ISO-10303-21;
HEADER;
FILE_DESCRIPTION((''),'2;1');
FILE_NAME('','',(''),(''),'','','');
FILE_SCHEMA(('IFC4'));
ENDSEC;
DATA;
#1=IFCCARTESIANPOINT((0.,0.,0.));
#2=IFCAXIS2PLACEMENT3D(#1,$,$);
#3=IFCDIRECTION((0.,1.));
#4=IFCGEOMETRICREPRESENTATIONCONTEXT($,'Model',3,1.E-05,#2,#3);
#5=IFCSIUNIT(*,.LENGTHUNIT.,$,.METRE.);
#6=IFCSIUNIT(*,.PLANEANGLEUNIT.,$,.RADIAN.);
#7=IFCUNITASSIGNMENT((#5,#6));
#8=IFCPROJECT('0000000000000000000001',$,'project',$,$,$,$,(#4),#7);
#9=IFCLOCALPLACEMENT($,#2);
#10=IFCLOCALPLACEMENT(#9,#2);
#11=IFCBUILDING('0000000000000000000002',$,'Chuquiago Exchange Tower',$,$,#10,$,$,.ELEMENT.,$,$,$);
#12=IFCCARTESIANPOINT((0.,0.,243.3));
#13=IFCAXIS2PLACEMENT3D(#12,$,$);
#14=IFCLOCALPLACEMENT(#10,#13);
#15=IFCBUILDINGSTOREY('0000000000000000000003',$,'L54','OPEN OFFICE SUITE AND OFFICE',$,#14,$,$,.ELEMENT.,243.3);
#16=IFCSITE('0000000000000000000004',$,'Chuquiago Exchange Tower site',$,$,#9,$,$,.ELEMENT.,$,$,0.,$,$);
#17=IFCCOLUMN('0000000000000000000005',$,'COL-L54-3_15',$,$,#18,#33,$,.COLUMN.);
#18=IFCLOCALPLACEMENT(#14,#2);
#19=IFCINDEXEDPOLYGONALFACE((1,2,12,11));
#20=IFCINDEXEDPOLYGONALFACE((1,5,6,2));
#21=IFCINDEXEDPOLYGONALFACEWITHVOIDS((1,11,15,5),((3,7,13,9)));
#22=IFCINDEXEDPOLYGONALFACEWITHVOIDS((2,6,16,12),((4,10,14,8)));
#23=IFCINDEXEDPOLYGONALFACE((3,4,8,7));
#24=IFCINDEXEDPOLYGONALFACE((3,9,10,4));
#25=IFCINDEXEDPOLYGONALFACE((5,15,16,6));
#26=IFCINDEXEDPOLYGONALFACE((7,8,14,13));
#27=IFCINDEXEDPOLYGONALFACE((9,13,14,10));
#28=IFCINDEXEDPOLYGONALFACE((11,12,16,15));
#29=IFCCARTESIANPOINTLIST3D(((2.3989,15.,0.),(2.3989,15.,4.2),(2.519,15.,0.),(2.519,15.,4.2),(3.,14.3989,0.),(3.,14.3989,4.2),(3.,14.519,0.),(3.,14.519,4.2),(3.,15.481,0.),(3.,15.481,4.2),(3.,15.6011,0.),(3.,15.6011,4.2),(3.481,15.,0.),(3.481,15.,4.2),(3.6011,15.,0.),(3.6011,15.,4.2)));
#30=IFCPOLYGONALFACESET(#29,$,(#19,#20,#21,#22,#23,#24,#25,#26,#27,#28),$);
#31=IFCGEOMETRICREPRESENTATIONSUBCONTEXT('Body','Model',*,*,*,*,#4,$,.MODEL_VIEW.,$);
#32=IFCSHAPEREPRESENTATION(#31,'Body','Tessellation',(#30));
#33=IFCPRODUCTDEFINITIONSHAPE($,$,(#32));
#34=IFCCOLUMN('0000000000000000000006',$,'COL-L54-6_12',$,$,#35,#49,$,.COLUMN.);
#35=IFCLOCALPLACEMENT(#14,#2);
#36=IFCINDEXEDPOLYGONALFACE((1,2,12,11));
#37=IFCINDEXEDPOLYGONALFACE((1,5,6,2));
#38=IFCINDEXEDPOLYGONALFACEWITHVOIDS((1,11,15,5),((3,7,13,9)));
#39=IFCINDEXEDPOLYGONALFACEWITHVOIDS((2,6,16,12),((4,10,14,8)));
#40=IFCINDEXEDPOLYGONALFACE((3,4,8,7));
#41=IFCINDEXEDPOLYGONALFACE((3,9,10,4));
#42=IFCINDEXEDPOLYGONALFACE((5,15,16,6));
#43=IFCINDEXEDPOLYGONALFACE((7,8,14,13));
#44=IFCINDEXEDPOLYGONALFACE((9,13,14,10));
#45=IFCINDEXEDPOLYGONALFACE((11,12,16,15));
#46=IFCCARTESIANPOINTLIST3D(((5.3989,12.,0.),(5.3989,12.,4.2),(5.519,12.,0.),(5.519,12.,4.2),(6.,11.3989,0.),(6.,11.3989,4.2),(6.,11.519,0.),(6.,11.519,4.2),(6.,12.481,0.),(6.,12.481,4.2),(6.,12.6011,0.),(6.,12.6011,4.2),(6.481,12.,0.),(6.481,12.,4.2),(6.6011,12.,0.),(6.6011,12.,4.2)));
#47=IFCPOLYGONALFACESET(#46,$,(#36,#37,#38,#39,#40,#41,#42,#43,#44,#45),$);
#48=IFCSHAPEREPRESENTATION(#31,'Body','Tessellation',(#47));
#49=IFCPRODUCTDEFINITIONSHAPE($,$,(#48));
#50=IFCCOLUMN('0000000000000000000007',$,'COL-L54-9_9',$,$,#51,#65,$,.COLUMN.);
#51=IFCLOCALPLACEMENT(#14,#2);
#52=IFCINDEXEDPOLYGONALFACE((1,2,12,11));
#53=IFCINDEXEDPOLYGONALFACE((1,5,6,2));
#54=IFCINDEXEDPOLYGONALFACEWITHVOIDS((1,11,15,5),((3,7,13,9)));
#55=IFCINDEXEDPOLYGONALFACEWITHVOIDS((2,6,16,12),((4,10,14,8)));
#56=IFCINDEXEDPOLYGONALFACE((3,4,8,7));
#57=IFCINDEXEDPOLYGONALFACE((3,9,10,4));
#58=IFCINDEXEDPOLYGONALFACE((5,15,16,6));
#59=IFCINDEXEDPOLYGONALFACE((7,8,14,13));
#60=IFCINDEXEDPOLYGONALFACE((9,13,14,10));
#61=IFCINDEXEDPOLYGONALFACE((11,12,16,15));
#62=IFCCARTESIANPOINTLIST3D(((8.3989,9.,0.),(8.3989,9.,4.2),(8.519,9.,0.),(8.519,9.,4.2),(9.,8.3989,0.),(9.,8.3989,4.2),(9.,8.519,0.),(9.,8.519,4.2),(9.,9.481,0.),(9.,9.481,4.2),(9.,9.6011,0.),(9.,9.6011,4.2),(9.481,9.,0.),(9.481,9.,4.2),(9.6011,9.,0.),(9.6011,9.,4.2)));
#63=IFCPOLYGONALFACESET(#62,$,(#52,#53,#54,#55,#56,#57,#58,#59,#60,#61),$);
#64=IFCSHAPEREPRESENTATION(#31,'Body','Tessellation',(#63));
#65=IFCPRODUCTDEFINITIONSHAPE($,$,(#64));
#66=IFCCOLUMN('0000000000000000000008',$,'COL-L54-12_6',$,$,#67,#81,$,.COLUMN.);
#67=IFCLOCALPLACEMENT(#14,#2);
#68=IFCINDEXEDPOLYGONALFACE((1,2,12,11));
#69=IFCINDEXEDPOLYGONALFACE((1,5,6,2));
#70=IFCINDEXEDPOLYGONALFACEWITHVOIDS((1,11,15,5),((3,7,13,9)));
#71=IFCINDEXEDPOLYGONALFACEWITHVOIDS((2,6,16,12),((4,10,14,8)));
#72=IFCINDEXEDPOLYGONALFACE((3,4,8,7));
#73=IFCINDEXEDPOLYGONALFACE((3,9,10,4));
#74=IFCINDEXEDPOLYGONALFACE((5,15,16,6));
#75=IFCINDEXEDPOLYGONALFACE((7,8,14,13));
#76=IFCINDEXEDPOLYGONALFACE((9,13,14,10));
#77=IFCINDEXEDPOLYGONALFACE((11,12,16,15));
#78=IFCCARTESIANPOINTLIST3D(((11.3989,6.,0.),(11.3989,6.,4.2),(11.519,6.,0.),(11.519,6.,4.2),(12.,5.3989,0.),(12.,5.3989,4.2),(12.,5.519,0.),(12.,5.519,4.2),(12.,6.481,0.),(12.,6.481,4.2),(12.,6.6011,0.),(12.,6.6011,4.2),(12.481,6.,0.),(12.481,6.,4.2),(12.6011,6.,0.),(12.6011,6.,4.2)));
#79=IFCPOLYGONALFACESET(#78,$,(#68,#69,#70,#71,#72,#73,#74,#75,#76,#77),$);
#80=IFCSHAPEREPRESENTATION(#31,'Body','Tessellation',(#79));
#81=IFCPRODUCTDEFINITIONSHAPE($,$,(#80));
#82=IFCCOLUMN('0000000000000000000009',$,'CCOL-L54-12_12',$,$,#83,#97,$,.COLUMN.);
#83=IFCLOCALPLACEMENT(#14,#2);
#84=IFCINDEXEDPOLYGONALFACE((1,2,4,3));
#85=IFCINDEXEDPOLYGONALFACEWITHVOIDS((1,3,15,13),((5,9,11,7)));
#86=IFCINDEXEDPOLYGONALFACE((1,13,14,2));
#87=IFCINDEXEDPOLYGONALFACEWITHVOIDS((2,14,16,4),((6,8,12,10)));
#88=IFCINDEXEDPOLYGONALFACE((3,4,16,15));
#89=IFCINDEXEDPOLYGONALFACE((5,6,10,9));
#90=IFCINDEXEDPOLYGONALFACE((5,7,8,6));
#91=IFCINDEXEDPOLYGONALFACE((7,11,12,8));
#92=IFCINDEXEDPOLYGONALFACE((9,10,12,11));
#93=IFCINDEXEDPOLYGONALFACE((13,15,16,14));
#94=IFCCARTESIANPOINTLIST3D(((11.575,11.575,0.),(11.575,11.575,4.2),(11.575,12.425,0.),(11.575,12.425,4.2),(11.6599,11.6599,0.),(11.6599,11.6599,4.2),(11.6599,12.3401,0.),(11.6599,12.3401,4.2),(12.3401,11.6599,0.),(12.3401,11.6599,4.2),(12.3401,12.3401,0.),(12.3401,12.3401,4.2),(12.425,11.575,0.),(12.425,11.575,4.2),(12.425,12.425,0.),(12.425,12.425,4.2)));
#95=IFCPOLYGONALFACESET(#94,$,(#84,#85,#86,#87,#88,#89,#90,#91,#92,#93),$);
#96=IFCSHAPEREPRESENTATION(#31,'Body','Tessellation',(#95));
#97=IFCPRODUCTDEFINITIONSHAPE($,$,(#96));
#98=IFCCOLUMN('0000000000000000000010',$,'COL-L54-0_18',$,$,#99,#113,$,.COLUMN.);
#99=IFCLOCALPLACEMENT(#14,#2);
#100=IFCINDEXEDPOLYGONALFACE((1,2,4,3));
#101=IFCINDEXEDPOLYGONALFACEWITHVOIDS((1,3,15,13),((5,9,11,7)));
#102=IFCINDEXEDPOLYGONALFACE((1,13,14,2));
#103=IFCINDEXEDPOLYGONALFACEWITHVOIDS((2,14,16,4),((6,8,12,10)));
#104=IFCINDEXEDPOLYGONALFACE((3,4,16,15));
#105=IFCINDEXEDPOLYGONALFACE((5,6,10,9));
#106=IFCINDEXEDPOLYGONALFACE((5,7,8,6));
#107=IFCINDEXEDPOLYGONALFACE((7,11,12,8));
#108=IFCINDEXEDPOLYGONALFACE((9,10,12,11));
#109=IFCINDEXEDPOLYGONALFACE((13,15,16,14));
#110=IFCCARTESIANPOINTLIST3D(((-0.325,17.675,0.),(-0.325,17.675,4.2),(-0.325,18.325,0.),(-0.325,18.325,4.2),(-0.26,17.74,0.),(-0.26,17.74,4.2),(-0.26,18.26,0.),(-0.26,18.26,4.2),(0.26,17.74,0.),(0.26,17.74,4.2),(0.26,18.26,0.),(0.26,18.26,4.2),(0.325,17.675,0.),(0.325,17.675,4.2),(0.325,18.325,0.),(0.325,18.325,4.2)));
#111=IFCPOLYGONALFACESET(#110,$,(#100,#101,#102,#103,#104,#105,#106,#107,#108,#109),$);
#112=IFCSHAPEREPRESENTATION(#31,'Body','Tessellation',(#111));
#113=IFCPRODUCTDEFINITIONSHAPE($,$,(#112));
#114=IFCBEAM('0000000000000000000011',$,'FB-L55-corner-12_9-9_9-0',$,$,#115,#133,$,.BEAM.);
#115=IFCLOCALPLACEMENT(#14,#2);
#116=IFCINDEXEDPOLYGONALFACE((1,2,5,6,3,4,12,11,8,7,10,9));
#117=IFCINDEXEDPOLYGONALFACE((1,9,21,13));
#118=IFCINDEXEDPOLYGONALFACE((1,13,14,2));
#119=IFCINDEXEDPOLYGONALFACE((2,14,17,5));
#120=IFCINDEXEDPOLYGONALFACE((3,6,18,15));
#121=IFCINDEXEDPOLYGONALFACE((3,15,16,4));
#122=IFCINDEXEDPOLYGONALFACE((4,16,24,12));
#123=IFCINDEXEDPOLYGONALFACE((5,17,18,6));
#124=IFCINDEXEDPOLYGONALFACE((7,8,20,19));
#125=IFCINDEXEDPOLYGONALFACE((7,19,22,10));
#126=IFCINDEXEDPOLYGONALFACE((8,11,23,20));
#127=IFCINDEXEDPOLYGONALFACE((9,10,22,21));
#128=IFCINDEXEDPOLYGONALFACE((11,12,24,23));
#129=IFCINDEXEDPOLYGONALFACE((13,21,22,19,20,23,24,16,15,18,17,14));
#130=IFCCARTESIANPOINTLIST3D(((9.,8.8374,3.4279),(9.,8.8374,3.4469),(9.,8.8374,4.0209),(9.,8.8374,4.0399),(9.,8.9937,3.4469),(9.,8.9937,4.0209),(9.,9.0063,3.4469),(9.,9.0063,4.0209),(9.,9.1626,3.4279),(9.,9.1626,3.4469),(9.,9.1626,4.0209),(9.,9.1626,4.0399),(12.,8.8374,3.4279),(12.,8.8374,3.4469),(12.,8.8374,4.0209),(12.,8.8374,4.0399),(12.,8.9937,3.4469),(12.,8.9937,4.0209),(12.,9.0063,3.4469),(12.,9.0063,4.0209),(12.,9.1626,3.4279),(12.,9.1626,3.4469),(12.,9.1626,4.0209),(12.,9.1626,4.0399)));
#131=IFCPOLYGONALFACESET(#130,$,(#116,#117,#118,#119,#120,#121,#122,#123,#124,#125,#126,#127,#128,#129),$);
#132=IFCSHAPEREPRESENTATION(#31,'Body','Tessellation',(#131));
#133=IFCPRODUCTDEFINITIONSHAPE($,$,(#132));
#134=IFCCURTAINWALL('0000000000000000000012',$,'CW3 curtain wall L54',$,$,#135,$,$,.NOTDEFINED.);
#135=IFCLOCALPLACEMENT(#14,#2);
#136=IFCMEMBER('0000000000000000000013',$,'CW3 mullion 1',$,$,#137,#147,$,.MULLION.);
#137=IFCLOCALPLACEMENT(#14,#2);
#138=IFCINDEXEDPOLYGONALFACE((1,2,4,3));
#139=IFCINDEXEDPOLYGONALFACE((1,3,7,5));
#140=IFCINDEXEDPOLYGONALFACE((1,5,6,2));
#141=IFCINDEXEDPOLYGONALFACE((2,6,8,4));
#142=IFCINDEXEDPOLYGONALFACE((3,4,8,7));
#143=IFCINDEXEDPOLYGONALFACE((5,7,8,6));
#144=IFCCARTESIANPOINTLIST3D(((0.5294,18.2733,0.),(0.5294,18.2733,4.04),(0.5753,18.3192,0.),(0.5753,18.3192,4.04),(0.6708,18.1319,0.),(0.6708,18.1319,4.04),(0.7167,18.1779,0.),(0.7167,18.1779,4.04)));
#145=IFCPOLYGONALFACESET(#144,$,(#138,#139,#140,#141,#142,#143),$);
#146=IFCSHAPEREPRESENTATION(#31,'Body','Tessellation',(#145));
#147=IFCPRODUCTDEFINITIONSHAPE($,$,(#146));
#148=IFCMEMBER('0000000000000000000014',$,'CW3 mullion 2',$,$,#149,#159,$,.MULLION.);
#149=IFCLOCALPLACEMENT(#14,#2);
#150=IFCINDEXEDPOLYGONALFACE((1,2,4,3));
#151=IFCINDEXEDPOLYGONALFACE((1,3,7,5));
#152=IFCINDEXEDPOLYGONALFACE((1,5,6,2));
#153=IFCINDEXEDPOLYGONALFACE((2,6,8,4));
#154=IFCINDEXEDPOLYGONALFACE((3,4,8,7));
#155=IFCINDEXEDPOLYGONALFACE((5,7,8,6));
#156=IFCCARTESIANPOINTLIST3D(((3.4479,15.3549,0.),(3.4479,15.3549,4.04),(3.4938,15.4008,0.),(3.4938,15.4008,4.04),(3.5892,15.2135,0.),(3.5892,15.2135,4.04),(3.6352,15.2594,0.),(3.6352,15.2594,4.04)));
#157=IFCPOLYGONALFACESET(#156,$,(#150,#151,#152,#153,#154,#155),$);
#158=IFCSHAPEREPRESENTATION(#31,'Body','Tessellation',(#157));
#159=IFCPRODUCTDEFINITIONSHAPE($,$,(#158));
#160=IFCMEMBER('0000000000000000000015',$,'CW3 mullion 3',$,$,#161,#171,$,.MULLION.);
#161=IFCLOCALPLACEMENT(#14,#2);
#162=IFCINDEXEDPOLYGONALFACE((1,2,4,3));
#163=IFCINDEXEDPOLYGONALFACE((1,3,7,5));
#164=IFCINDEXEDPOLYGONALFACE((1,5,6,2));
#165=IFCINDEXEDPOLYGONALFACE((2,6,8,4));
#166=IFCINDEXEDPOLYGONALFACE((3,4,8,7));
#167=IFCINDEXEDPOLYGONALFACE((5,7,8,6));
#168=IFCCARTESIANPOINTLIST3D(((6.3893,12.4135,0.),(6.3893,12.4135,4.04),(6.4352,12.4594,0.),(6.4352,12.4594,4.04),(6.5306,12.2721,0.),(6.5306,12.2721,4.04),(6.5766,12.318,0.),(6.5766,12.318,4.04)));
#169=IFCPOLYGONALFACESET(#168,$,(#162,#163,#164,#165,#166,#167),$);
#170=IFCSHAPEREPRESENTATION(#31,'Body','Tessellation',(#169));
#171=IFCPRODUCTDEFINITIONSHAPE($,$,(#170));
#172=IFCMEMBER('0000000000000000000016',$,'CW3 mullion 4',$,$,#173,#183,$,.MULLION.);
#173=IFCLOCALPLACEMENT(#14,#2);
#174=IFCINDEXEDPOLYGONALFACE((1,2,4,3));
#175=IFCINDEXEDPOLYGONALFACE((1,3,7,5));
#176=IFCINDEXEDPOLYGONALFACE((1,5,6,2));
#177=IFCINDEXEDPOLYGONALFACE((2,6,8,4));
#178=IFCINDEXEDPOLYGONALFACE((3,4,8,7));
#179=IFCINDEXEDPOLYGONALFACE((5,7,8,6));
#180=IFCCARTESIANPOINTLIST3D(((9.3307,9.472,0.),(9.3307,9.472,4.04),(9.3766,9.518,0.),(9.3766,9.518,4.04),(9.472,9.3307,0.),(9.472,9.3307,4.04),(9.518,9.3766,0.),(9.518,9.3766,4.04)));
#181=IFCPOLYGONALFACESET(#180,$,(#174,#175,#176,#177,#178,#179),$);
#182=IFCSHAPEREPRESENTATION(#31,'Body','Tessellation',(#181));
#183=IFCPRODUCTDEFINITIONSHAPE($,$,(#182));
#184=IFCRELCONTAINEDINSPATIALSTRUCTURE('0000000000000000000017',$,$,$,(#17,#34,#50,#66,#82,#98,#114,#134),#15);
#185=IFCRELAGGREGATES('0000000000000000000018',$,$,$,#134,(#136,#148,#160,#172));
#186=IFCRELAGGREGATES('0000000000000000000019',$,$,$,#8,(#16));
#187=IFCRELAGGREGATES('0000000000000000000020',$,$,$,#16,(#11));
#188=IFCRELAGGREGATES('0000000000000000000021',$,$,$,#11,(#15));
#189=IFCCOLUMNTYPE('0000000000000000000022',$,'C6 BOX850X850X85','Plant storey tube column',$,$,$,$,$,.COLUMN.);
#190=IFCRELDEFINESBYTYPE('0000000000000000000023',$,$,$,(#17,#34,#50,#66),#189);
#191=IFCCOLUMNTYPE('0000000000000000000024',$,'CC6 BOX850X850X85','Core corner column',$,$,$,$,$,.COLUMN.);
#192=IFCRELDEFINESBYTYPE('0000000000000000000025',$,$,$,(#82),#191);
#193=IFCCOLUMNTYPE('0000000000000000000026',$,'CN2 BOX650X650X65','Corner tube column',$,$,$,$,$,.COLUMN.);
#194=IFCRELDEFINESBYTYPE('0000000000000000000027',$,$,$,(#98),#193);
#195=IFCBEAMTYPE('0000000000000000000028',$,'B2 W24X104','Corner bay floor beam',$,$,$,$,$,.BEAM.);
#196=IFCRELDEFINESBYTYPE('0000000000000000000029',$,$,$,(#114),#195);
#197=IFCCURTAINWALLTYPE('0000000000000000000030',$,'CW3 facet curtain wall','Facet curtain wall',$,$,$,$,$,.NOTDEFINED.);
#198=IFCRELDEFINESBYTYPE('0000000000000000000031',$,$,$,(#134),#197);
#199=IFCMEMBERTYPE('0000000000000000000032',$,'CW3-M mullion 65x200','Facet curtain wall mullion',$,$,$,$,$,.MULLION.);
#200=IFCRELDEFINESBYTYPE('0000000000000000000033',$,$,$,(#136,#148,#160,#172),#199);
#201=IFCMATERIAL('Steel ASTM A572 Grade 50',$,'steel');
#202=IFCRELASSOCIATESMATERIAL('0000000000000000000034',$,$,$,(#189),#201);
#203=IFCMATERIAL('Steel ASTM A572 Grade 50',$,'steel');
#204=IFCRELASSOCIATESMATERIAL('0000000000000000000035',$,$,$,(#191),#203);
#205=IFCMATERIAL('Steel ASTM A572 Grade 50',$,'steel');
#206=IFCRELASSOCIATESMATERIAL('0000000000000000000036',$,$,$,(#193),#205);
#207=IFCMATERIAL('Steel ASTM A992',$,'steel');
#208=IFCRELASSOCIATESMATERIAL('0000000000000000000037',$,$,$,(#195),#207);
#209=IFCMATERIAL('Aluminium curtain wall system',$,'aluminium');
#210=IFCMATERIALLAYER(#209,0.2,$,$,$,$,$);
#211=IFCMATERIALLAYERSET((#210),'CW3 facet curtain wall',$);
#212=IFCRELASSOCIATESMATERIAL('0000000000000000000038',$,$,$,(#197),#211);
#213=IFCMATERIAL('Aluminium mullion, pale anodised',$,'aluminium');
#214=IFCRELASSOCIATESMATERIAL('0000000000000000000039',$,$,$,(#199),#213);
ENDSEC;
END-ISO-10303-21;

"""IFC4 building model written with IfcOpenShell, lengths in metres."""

from ifc_helpers import new_model, si_unit, direction, frame, origin, origin_2d, place, context, subcontext, project, spatial, rectangle, hollow_rectangle, i_section, extrude, material, layer, layer_set, material_profile, profile_set, type_object, element, aggregate, save


model = new_model("IFC4")

# Units and contexts
model_context = context("Model", 3, precision=1e-05, world=origin(), true_north=direction((0.0, 1.0)))
body_context = subcontext(model_context, "Body", "Model", "MODEL_VIEW")
ifc_project = project(units=[si_unit("LENGTHUNIT", "METRE"), si_unit("PLANEANGLEUNIT", "RADIAN")], contexts=[model_context])

# Site, building, storey
site_placement = place(None, origin())
site = spatial("IfcSite", under=ifc_project, at=site_placement, Name="Chuquiago Exchange Tower site", CompositionType="ELEMENT", RefElevation=0.0)
building_placement = place(site_placement, origin())
building = spatial("IfcBuilding", under=site, at=building_placement, Name="Chuquiago Exchange Tower", CompositionType="ELEMENT")
storey_placement = place(building_placement, frame((0.0, 0.0, 243.3)))
storey = spatial("IfcBuildingStorey", under=building, at=storey_placement, Name="L54", Description="OPEN OFFICE SUITE AND OFFICE", CompositionType="ELEMENT", Elevation=243.3)

# Columns
ifc_material_1 = material(Name="Steel ASTM A572 Grade 50", Category="steel")
ifc_material_profile_1 = material_profile(ifc_material_1, hollow_rectangle(XDim=0.8501, YDim=0.8501, WallThickness=0.085, at=origin_2d()), Name="BOX850X850X85")
ifc_profile_set_1 = profile_set([ifc_material_profile_1], Name="Steel ASTM A572 Grade 50")
column_type_1 = type_object("IfcColumnType", Name="C6 BOX850X850X85", Description="Plant storey tube column", PredefinedType="COLUMN", material=ifc_profile_set_1)
for number, where, z_axis, x_axis, name in (
    (1, (3.0, 15.0, 0.0), (0.0, 0.0, 1.0), (-0.707107, -0.707107, 0.0), "COL-L54-3_15"),
    (2, (6.0, 12.0, 0.0), (0.0, 0.0, 1.0), (-0.707107, -0.707107, 0.0), "COL-L54-6_12"),
    (3, (9.0, 9.0, 0.0), (0.0, 0.0, 1.0), (-0.707107, -0.707107, 0.0), "COL-L54-9_9"),
    (4, (12.0, 6.0, 0.0), (0.0, 0.0, 1.0), (-0.707107, -0.707107, 0.0), "COL-L54-12_6"),
):
    element("IfcColumn", number, at=place(storey_placement, frame(where, z_axis=z_axis, x_axis=x_axis)), inside=storey, type_object=column_type_1, Name=name, PredefinedType="COLUMN", context=body_context, shape_type="SweptSolid", body=[
        extrude(hollow_rectangle(XDim=0.8501, YDim=0.8501, WallThickness=0.085, at=origin_2d()), origin(), (0.0, 0.0, 1.0), 4.2),
    ])
ifc_material_2 = material(Name="Steel ASTM A572 Grade 50", Category="steel")
ifc_material_profile_2 = material_profile(ifc_material_2, hollow_rectangle(XDim=0.8501, YDim=0.8501, WallThickness=0.085, at=origin_2d()), Name="BOX850X850X85")
ifc_profile_set_2 = profile_set([ifc_material_profile_2], Name="Steel ASTM A572 Grade 50")
column_type_2 = type_object("IfcColumnType", Name="CC6 BOX850X850X85", Description="Core corner column", PredefinedType="COLUMN", material=ifc_profile_set_2)
column_1_placement = place(storey_placement, frame((12.0, 12.0, 0.0), z_axis=(0.0, 0.0, 1.0), x_axis=(1.0, 0.0, 0.0)))
element("IfcColumn", 5, at=column_1_placement, inside=storey, type_object=column_type_2, Name="CCOL-L54-12_12", PredefinedType="COLUMN", context=body_context, shape_type="SweptSolid", body=[
    extrude(hollow_rectangle(XDim=0.8501, YDim=0.8501, WallThickness=0.085, at=origin_2d()), origin(), (0.0, 0.0, 1.0), 4.2),
])
ifc_material_3 = material(Name="Steel ASTM A572 Grade 50", Category="steel")
ifc_material_profile_3 = material_profile(ifc_material_3, hollow_rectangle(XDim=0.6499, YDim=0.6499, WallThickness=0.0649, at=origin_2d()), Name="BOX650X650X65")
ifc_profile_set_3 = profile_set([ifc_material_profile_3], Name="Steel ASTM A572 Grade 50")
column_type_3 = type_object("IfcColumnType", Name="CN2 BOX650X650X65", Description="Corner tube column", PredefinedType="COLUMN", material=ifc_profile_set_3)
column_2_placement = place(storey_placement, frame((0.0, 18.0, 0.0), z_axis=(0.0, 0.0, 1.0), x_axis=(-1.0, 0.0, 0.0)))
element("IfcColumn", 6, at=column_2_placement, inside=storey, type_object=column_type_3, Name="COL-L54-0_18", PredefinedType="COLUMN", context=body_context, shape_type="SweptSolid", body=[
    extrude(hollow_rectangle(XDim=0.6499, YDim=0.6499, WallThickness=0.0649, at=origin_2d()), origin(), (0.0, 0.0, 1.0), 4.2),
])

# Beam
ifc_material_4 = material(Name="Steel ASTM A992", Category="steel")
ifc_material_profile_4 = material_profile(ifc_material_4, i_section(OverallWidth=0.3252, OverallDepth=0.6121, WebThickness=0.0127, FlangeThickness=0.019, at=origin_2d()), Name="W24X104")
ifc_profile_set_4 = profile_set([ifc_material_profile_4], Name="Steel ASTM A992")
beam_type_1 = type_object("IfcBeamType", Name="B2 W24X104", Description="Corner bay floor beam", PredefinedType="BEAM", material=ifc_profile_set_4)
beam_1_placement = place(storey_placement, frame((12.0, 9.0, 3.7339), z_axis=(-1.0, 0.0, 0.0), x_axis=(0.0, -1.0, 0.0)))
element("IfcBeam", 7, at=beam_1_placement, inside=storey, type_object=beam_type_1, Name="FB-L55-corner-12_9-9_9-0", PredefinedType="BEAM", context=body_context, shape_type="SweptSolid", body=[
    extrude(i_section(OverallWidth=0.3252, OverallDepth=0.6121, WebThickness=0.0127, FlangeThickness=0.019, at=origin_2d()), origin(), (0.0, 0.0, 1.0), 3.0),
])

# Curtain wall, members
ifc_material_5 = material(Name="Aluminium curtain wall system", Category="aluminium")
ifc_layer_1 = layer(ifc_material_5, 0.2)
ifc_layer_set_1 = layer_set([ifc_layer_1], Name="CW3 facet curtain wall")
curtain_wall_type = type_object("IfcCurtainWallType", Name="CW3 facet curtain wall", Description="Facet curtain wall", PredefinedType="NOTDEFINED", material=ifc_layer_set_1)
curtain_wall_placement = place(storey_placement, origin())
curtain_wall = element("IfcCurtainWall", 8, at=curtain_wall_placement, inside=storey, type_object=curtain_wall_type, Name="CW3 curtain wall L54", PredefinedType="NOTDEFINED")
ifc_material_6 = material(Name="Aluminium mullion, pale anodised", Category="aluminium")
ifc_material_profile_5 = material_profile(ifc_material_6, rectangle(XDim=0.0649, YDim=0.2, at=origin_2d()), Name="AL 65x200")
ifc_profile_set_5 = profile_set([ifc_material_profile_5], Name="Aluminium mullion, pale anodised")
member_type_1 = type_object("IfcMemberType", Name="CW3-M mullion 65x200", Description="Facet curtain wall mullion", PredefinedType="MULLION", material=ifc_profile_set_5)
member_1_placement = place(storey_placement, frame((0.623, 18.2256, 0.0), z_axis=(0.0, 0.0, 1.0), x_axis=(0.707107, 0.707107, 0.0)))
member_1 = element("IfcMember", 9, at=member_1_placement, type_object=member_type_1, Name="CW3 mullion 1", PredefinedType="MULLION", context=body_context, shape_type="SweptSolid", body=[
    extrude(rectangle(XDim=0.0649, YDim=0.2, at=origin_2d()), origin(), (0.0, 0.0, 1.0), 4.04),
])
member_2_placement = place(storey_placement, frame((3.5415, 15.3071, 0.0), z_axis=(0.0, 0.0, 1.0), x_axis=(0.707107, 0.707107, 0.0)))
member_2 = element("IfcMember", 10, at=member_2_placement, type_object=member_type_1, Name="CW3 mullion 2", PredefinedType="MULLION", context=body_context, shape_type="SweptSolid", body=[
    extrude(rectangle(XDim=0.0649, YDim=0.2, at=origin_2d()), origin(), (0.0, 0.0, 1.0), 4.04),
])
member_3_placement = place(storey_placement, frame((6.4829, 12.3657, 0.0), z_axis=(0.0, 0.0, 1.0), x_axis=(0.707107, 0.707107, 0.0)))
member_3 = element("IfcMember", 11, at=member_3_placement, type_object=member_type_1, Name="CW3 mullion 3", PredefinedType="MULLION", context=body_context, shape_type="SweptSolid", body=[
    extrude(rectangle(XDim=0.0649, YDim=0.2, at=origin_2d()), origin(), (0.0, 0.0, 1.0), 4.04),
])
member_4_placement = place(storey_placement, frame((9.4243, 9.4243, 0.0), z_axis=(0.0, 0.0, 1.0), x_axis=(0.707107, 0.707107, 0.0)))
member_4 = element("IfcMember", 12, at=member_4_placement, type_object=member_type_1, Name="CW3 mullion 4", PredefinedType="MULLION", context=body_context, shape_type="SweptSolid", body=[
    extrude(rectangle(XDim=0.0649, YDim=0.2, at=origin_2d()), origin(), (0.0, 0.0, 1.0), 4.04),
])

aggregate(curtain_wall, [member_1, member_2, member_3, member_4])

save(model, "model.ifc")
